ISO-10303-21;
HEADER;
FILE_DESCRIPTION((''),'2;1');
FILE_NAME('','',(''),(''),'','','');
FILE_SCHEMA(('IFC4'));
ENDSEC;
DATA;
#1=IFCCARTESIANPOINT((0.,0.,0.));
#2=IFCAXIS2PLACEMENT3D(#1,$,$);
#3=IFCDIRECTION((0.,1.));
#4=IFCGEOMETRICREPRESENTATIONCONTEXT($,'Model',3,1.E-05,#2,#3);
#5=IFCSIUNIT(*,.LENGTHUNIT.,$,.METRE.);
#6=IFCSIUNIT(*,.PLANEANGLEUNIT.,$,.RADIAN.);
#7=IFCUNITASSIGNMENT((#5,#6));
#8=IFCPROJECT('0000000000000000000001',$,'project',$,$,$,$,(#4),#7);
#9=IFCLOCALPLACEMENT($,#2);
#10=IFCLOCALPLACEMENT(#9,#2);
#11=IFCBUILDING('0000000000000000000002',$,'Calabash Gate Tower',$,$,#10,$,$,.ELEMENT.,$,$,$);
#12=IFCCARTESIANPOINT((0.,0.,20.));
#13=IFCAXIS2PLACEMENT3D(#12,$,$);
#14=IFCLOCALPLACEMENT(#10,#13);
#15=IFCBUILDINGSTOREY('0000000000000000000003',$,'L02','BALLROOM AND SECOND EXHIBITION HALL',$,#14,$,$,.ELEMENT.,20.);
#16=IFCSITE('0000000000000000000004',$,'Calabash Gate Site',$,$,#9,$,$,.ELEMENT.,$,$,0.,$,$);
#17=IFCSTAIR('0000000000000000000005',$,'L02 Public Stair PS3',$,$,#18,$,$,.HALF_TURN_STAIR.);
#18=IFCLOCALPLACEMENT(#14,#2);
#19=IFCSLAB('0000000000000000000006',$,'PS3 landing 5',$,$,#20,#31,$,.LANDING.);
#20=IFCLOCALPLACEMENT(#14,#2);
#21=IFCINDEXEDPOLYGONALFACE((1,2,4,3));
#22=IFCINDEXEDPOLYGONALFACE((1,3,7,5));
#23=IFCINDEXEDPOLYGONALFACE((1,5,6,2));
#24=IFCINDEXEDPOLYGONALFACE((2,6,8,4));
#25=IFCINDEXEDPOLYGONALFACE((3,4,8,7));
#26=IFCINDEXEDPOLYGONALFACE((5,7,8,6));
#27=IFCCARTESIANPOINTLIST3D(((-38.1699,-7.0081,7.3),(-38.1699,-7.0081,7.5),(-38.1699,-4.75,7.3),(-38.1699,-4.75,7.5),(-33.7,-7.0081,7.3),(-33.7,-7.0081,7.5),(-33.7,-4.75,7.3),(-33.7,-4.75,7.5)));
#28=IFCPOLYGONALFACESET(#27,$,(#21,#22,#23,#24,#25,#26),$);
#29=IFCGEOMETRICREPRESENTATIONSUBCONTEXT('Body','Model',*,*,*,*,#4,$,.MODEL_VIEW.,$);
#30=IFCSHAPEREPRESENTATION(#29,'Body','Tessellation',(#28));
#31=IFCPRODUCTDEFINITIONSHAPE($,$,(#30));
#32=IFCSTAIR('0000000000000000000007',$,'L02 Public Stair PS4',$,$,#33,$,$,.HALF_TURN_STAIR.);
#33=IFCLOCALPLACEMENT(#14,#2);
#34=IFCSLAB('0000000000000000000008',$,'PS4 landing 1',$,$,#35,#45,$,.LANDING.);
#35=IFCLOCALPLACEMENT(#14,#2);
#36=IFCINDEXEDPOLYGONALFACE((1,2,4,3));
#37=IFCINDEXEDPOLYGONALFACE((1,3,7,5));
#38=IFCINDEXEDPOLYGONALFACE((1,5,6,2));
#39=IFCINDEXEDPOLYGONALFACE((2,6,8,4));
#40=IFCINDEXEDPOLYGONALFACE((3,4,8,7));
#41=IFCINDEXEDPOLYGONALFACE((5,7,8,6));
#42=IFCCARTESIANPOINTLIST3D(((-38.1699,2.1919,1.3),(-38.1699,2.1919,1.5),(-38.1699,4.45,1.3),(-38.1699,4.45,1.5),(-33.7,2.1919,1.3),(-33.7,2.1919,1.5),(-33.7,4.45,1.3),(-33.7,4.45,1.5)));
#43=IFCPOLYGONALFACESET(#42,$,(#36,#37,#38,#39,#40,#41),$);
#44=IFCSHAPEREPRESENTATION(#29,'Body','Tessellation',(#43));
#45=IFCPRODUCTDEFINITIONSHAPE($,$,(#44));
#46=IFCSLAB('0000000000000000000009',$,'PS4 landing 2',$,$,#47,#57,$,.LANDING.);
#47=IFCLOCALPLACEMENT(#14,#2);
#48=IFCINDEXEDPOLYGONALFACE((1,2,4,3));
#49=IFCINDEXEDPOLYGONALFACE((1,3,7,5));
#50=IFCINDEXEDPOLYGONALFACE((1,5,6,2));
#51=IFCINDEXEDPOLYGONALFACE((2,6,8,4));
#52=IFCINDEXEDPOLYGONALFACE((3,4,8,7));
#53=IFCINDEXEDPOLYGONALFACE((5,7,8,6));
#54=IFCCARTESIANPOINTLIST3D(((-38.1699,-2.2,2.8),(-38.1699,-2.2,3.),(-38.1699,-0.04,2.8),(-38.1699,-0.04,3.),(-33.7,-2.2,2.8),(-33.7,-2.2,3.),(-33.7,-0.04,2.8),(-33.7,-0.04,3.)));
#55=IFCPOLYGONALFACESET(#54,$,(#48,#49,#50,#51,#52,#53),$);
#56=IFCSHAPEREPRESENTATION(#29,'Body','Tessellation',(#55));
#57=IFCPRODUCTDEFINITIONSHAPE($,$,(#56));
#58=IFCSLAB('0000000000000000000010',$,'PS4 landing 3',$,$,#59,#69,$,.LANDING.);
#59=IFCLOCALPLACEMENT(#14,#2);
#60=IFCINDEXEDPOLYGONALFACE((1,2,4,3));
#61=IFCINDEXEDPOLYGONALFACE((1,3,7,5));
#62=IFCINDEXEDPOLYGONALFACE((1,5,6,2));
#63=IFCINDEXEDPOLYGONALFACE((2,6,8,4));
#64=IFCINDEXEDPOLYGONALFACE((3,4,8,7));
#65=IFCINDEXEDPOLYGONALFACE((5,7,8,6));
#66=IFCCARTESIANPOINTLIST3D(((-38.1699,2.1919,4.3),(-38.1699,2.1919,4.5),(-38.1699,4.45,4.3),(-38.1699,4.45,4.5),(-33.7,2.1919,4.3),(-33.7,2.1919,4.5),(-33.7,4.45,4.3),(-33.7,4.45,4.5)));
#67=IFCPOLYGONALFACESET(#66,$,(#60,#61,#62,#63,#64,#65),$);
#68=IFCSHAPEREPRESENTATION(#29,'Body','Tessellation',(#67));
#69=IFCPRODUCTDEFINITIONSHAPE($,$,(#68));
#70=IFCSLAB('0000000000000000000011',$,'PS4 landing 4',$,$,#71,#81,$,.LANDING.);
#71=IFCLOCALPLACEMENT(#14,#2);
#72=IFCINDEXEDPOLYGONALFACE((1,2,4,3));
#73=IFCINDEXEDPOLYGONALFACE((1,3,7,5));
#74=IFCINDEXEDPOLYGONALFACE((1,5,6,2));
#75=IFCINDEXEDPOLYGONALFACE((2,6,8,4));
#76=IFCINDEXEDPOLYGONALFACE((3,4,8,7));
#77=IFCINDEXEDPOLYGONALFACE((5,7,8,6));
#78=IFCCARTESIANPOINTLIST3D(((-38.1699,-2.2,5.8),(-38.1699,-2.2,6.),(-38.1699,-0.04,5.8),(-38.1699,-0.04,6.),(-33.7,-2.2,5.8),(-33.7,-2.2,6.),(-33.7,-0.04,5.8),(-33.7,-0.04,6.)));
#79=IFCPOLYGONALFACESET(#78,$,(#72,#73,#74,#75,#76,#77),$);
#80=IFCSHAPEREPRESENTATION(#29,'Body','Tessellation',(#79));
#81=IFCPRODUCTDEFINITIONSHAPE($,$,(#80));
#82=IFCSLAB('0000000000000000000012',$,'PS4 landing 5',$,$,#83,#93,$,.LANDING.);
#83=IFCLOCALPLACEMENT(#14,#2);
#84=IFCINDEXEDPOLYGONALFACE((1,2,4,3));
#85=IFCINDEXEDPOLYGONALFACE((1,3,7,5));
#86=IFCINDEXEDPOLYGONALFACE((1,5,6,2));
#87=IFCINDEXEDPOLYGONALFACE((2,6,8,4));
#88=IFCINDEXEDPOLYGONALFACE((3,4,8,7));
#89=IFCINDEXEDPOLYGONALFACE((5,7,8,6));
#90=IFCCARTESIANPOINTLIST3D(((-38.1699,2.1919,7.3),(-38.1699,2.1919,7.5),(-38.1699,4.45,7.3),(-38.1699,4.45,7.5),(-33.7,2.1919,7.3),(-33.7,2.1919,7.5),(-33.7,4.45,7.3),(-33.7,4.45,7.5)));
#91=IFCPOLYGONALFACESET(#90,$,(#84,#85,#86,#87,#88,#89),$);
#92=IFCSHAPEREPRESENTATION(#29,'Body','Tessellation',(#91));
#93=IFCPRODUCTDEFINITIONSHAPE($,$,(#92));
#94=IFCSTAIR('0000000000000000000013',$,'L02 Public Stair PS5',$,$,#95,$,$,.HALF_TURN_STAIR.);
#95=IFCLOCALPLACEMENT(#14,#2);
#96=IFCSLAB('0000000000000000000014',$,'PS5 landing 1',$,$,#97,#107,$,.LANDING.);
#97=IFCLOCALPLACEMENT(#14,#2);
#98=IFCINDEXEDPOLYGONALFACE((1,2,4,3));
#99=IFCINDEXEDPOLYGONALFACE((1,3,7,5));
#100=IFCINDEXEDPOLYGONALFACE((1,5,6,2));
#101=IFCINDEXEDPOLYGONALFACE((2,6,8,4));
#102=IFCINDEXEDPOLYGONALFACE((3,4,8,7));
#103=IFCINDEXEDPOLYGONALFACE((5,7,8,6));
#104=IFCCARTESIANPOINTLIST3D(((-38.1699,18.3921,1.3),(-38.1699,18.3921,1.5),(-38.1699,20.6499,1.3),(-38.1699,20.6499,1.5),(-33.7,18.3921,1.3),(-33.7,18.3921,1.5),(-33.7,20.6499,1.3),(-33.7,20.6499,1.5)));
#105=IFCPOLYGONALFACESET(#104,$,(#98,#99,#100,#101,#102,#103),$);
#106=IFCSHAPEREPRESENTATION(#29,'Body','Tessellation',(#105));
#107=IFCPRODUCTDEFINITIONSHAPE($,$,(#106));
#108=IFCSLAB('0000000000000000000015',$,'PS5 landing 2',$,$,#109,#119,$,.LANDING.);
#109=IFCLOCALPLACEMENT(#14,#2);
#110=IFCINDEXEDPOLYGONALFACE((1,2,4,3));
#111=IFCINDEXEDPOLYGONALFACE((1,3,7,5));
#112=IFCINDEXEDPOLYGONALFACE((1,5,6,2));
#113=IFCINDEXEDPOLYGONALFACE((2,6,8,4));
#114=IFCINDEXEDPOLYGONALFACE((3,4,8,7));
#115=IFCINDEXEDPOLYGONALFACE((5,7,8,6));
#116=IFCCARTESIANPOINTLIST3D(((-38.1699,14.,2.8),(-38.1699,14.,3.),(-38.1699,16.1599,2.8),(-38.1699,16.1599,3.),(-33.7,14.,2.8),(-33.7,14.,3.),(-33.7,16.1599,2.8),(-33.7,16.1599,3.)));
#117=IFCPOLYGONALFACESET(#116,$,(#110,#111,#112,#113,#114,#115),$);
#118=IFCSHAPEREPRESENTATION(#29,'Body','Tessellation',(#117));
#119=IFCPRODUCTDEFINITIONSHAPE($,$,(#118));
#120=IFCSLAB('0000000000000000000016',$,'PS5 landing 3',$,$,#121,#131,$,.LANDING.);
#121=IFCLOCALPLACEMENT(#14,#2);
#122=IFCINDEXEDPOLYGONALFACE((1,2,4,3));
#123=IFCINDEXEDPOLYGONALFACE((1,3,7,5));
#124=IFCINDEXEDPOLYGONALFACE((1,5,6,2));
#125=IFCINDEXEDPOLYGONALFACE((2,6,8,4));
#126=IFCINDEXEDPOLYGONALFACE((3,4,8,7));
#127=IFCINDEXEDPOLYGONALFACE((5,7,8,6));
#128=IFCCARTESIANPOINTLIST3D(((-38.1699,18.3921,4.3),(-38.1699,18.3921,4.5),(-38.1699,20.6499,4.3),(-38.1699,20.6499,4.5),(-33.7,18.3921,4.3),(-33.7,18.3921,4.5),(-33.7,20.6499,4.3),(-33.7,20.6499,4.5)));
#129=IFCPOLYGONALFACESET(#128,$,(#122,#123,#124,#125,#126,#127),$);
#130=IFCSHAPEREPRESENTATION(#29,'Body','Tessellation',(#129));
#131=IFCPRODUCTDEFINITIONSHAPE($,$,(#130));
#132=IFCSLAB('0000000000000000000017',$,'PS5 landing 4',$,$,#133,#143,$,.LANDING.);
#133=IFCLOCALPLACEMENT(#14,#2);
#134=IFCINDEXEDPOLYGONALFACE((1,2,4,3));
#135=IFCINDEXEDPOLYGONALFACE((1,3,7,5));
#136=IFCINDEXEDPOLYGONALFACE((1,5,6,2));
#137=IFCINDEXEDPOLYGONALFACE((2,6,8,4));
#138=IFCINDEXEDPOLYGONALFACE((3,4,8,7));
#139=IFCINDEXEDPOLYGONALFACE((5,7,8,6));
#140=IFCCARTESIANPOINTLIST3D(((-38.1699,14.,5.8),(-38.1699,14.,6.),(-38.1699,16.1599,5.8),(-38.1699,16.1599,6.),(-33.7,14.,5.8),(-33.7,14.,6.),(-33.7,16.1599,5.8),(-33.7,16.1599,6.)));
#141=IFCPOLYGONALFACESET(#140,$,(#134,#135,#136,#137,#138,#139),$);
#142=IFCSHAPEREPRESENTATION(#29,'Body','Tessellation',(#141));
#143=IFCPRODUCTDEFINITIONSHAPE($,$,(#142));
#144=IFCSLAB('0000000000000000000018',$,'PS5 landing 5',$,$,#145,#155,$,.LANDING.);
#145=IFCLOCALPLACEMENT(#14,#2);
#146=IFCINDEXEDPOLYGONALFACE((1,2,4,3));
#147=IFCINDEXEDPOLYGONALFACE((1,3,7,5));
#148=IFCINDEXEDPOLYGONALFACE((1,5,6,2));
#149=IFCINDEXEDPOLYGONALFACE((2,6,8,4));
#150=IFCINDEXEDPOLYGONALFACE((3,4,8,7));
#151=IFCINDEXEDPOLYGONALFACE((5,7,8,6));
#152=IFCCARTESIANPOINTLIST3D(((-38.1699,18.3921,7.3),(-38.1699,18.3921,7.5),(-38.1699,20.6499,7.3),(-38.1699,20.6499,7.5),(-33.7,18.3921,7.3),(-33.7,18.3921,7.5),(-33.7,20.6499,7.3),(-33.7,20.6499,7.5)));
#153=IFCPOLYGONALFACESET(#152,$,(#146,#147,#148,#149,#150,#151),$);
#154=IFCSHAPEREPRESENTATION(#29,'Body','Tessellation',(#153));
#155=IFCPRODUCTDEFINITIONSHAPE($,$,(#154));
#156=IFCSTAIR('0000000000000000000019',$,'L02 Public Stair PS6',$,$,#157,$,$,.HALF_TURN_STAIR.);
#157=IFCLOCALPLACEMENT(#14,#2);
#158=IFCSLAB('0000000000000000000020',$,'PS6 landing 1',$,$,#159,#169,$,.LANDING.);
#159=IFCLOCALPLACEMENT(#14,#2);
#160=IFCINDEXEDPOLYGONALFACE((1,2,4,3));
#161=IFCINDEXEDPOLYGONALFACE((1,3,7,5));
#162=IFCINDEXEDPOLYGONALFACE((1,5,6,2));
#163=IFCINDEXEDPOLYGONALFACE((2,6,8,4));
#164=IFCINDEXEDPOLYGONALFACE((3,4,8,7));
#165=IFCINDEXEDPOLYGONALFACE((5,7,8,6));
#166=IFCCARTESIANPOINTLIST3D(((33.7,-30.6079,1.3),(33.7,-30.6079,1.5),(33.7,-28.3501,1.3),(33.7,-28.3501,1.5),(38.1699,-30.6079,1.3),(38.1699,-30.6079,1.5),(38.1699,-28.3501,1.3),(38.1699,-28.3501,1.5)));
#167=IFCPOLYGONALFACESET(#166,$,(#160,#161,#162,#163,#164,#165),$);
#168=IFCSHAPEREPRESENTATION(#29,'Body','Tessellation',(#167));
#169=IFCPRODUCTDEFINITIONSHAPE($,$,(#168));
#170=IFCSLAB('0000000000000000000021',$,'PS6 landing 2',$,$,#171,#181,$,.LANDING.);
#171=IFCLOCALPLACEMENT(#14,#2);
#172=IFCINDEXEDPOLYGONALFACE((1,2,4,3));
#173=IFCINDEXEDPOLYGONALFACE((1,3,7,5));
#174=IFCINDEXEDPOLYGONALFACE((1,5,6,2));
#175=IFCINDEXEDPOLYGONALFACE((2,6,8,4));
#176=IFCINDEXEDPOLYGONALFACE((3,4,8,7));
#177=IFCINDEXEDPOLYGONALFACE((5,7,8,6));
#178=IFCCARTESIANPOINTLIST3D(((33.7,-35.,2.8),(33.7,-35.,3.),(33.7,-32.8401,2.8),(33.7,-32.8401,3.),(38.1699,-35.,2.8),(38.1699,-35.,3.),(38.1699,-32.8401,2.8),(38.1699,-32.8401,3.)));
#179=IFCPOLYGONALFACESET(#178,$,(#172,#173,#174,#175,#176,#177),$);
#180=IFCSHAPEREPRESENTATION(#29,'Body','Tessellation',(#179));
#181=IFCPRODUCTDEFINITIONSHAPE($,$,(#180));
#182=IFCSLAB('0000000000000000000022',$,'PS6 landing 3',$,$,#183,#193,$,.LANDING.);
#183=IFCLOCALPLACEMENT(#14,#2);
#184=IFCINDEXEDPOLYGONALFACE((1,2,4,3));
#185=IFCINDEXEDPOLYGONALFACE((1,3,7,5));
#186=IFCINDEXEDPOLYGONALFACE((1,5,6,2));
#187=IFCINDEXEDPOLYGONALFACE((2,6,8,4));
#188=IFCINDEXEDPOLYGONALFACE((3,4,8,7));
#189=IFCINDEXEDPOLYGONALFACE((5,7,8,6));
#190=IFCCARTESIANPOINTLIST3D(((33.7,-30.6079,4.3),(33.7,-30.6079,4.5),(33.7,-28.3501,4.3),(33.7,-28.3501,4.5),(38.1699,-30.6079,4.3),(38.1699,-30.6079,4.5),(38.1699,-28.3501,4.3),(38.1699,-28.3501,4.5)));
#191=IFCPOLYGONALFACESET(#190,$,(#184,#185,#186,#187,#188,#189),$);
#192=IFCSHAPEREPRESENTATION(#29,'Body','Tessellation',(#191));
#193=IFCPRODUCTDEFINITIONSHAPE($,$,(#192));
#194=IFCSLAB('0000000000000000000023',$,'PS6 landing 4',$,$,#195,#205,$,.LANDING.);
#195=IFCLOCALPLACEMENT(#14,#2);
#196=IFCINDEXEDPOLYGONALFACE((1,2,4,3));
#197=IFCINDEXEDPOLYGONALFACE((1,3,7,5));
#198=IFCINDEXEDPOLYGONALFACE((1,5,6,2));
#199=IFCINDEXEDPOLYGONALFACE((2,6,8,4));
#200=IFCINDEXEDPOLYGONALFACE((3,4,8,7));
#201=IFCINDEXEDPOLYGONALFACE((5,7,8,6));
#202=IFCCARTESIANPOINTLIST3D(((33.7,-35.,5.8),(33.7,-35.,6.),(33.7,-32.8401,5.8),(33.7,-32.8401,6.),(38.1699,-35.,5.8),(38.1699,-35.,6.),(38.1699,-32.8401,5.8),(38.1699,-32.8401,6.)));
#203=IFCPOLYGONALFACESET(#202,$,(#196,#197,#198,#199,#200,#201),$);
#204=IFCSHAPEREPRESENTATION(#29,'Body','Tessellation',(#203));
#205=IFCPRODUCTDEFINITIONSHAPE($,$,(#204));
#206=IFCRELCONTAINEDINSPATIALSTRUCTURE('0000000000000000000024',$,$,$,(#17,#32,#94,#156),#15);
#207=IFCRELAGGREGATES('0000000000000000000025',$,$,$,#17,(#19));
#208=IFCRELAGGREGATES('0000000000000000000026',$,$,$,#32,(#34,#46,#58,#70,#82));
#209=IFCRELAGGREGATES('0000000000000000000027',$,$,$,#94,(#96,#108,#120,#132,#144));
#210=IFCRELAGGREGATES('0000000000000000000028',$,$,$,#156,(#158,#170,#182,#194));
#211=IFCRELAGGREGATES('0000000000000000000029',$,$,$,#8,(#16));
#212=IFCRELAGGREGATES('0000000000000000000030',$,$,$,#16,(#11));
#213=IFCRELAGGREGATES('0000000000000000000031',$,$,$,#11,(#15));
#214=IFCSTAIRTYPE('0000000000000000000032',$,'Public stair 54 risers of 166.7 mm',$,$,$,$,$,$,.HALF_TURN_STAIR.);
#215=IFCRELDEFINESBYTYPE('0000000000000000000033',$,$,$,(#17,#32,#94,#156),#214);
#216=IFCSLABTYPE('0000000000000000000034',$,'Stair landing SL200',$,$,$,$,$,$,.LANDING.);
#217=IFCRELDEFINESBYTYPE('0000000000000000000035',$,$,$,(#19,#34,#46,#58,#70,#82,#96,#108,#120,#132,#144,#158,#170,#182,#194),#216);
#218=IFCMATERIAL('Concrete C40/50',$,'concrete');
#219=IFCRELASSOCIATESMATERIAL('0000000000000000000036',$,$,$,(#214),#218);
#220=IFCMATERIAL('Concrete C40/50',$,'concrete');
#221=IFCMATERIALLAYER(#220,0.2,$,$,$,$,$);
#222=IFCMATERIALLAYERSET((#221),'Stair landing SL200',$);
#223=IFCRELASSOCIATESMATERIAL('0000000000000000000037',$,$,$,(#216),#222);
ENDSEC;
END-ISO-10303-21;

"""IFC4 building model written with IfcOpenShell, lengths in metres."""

from ifc_helpers import new_model, si_unit, direction, frame, origin, place, context, subcontext, project, spatial, polyline, outline, extrude, material, layer, layer_set, type_object, element, aggregate, save


model = new_model("IFC4")

# Units and contexts
model_context = context("Model", 3, precision=1e-05, world=origin(), true_north=direction((0.0, 1.0)))
body_context = subcontext(model_context, "Body", "Model", "MODEL_VIEW")
ifc_project = project(units=[si_unit("LENGTHUNIT", "METRE"), si_unit("PLANEANGLEUNIT", "RADIAN")], contexts=[model_context])

# Site, building, storey
site_placement = place(None, origin())
site = spatial("IfcSite", under=ifc_project, at=site_placement, Name="Calabash Gate Site", CompositionType="ELEMENT", RefElevation=0.0)
building_placement = place(site_placement, origin())
building = spatial("IfcBuilding", under=site, at=building_placement, Name="Calabash Gate Tower", CompositionType="ELEMENT")
storey_placement = place(building_placement, frame((0.0, 0.0, 20.0)))
storey = spatial("IfcBuildingStorey", under=building, at=storey_placement, Name="L02", Description="BALLROOM AND SECOND EXHIBITION HALL", CompositionType="ELEMENT", Elevation=20.0)

# Stair, slab
ifc_material_1 = material(Name="Concrete C40/50", Category="concrete")
stair_type = type_object("IfcStairType", Name="Public stair 54 risers of 166.7 mm", PredefinedType="HALF_TURN_STAIR", material=ifc_material_1)
stair_1_placement = place(storey_placement, origin())
stair_1 = element("IfcStair", 1, at=stair_1_placement, inside=storey, type_object=stair_type, Name="L02 Public Stair PS3", PredefinedType="HALF_TURN_STAIR")
ifc_material_2 = material(Name="Concrete C40/50", Category="concrete")
ifc_layer = layer(ifc_material_2, 0.2)
ifc_layer_set = layer_set([ifc_layer], Name="Stair landing SL200")
slab_type = type_object("IfcSlabType", Name="Stair landing SL200", PredefinedType="LANDING", material=ifc_layer_set)
slab_1_placement = place(storey_placement, frame((0.0, 0.0, 7.3)))
slab_1 = element("IfcSlab", 2, at=slab_1_placement, type_object=slab_type, Name="PS3 landing 5", PredefinedType="LANDING", context=body_context, shape_type="SweptSolid", body=[
    extrude(outline(polyline([(-33.7, -7.0081), (-33.7, -4.75), (-38.1699, -4.75), (-38.1699, -7.0081), (-33.7, -7.0081)])), origin(), (0.0, 0.0, 1.0), 0.2),
])
aggregate(stair_1, [slab_1])

# Stairs, slabs
stair_2_placement = place(storey_placement, origin())
stair_2 = element("IfcStair", 3, at=stair_2_placement, inside=storey, type_object=stair_type, Name="L02 Public Stair PS4", PredefinedType="HALF_TURN_STAIR")
slab_2_placement = place(storey_placement, frame((0.0, 0.0, 1.3)))
slab_2 = element("IfcSlab", 4, at=slab_2_placement, type_object=slab_type, Name="PS4 landing 1", PredefinedType="LANDING", context=body_context, shape_type="SweptSolid", body=[
    extrude(outline(polyline([(-33.7, 2.1919), (-33.7, 4.45), (-38.1699, 4.45), (-38.1699, 2.1919), (-33.7, 2.1919)])), origin(), (0.0, 0.0, 1.0), 0.2),
])
slab_3_placement = place(storey_placement, frame((0.0, 0.0, 2.8)))
slab_3 = element("IfcSlab", 5, at=slab_3_placement, type_object=slab_type, Name="PS4 landing 2", PredefinedType="LANDING", context=body_context, shape_type="SweptSolid", body=[
    extrude(outline(polyline([(-33.7, -2.2), (-33.7, -0.04), (-38.1699, -0.04), (-38.1699, -2.2), (-33.7, -2.2)])), origin(), (0.0, 0.0, 1.0), 0.2),
])
slab_4_placement = place(storey_placement, frame((0.0, 0.0, 4.3)))
slab_4 = element("IfcSlab", 6, at=slab_4_placement, type_object=slab_type, Name="PS4 landing 3", PredefinedType="LANDING", context=body_context, shape_type="SweptSolid", body=[
    extrude(outline(polyline([(-33.7, 2.1919), (-33.7, 4.45), (-38.1699, 4.45), (-38.1699, 2.1919), (-33.7, 2.1919)])), origin(), (0.0, 0.0, 1.0), 0.2),
])
slab_5_placement = place(storey_placement, frame((0.0, 0.0, 5.8)))
slab_5 = element("IfcSlab", 7, at=slab_5_placement, type_object=slab_type, Name="PS4 landing 4", PredefinedType="LANDING", context=body_context, shape_type="SweptSolid", body=[
    extrude(outline(polyline([(-33.7, -2.2), (-33.7, -0.04), (-38.1699, -0.04), (-38.1699, -2.2), (-33.7, -2.2)])), origin(), (0.0, 0.0, 1.0), 0.2),
])
slab_6_placement = place(storey_placement, frame((0.0, 0.0, 7.3)))
slab_6 = element("IfcSlab", 8, at=slab_6_placement, type_object=slab_type, Name="PS4 landing 5", PredefinedType="LANDING", context=body_context, shape_type="SweptSolid", body=[
    extrude(outline(polyline([(-33.7, 2.1919), (-33.7, 4.45), (-38.1699, 4.45), (-38.1699, 2.1919), (-33.7, 2.1919)])), origin(), (0.0, 0.0, 1.0), 0.2),
])
aggregate(stair_2, [slab_2, slab_3, slab_4, slab_5, slab_6])
stair_3_placement = place(storey_placement, origin())
stair_3 = element("IfcStair", 9, at=stair_3_placement, inside=storey, type_object=stair_type, Name="L02 Public Stair PS5", PredefinedType="HALF_TURN_STAIR")
slab_7_placement = place(storey_placement, frame((0.0, 0.0, 1.3)))
slab_7 = element("IfcSlab", 10, at=slab_7_placement, type_object=slab_type, Name="PS5 landing 1", PredefinedType="LANDING", context=body_context, shape_type="SweptSolid", body=[
    extrude(outline(polyline([(-33.7, 18.3921), (-33.7, 20.6499), (-38.1699, 20.6499), (-38.1699, 18.3921), (-33.7, 18.3921)])), origin(), (0.0, 0.0, 1.0), 0.2),
])
slab_8_placement = place(storey_placement, frame((0.0, 0.0, 2.8)))
slab_8 = element("IfcSlab", 11, at=slab_8_placement, type_object=slab_type, Name="PS5 landing 2", PredefinedType="LANDING", context=body_context, shape_type="SweptSolid", body=[
    extrude(outline(polyline([(-33.7, 14.0), (-33.7, 16.1599), (-38.1699, 16.1599), (-38.1699, 14.0), (-33.7, 14.0)])), origin(), (0.0, 0.0, 1.0), 0.2),
])
slab_9_placement = place(storey_placement, frame((0.0, 0.0, 4.3)))
slab_9 = element("IfcSlab", 12, at=slab_9_placement, type_object=slab_type, Name="PS5 landing 3", PredefinedType="LANDING", context=body_context, shape_type="SweptSolid", body=[
    extrude(outline(polyline([(-33.7, 18.3921), (-33.7, 20.6499), (-38.1699, 20.6499), (-38.1699, 18.3921), (-33.7, 18.3921)])), origin(), (0.0, 0.0, 1.0), 0.2),
])
slab_10_placement = place(storey_placement, frame((0.0, 0.0, 5.8)))
slab_10 = element("IfcSlab", 13, at=slab_10_placement, type_object=slab_type, Name="PS5 landing 4", PredefinedType="LANDING", context=body_context, shape_type="SweptSolid", body=[
    extrude(outline(polyline([(-33.7, 14.0), (-33.7, 16.1599), (-38.1699, 16.1599), (-38.1699, 14.0), (-33.7, 14.0)])), origin(), (0.0, 0.0, 1.0), 0.2),
])
slab_11_placement = place(storey_placement, frame((0.0, 0.0, 7.3)))
slab_11 = element("IfcSlab", 14, at=slab_11_placement, type_object=slab_type, Name="PS5 landing 5", PredefinedType="LANDING", context=body_context, shape_type="SweptSolid", body=[
    extrude(outline(polyline([(-33.7, 18.3921), (-33.7, 20.6499), (-38.1699, 20.6499), (-38.1699, 18.3921), (-33.7, 18.3921)])), origin(), (0.0, 0.0, 1.0), 0.2),
])
aggregate(stair_3, [slab_7, slab_8, slab_9, slab_10, slab_11])
stair_4_placement = place(storey_placement, origin())
stair_4 = element("IfcStair", 15, at=stair_4_placement, inside=storey, type_object=stair_type, Name="L02 Public Stair PS6", PredefinedType="HALF_TURN_STAIR")
slab_12_placement = place(storey_placement, frame((0.0, 0.0, 1.3)))
slab_12 = element("IfcSlab", 16, at=slab_12_placement, type_object=slab_type, Name="PS6 landing 1", PredefinedType="LANDING", context=body_context, shape_type="SweptSolid", body=[
    extrude(outline(polyline([(38.1699, -30.6079), (38.1699, -28.3501), (33.7, -28.3501), (33.7, -30.6079), (38.1699, -30.6079)])), origin(), (0.0, 0.0, 1.0), 0.2),
])
slab_13_placement = place(storey_placement, frame((0.0, 0.0, 2.8)))
slab_13 = element("IfcSlab", 17, at=slab_13_placement, type_object=slab_type, Name="PS6 landing 2", PredefinedType="LANDING", context=body_context, shape_type="SweptSolid", body=[
    extrude(outline(polyline([(38.1699, -35.0), (38.1699, -32.8401), (33.7, -32.8401), (33.7, -35.0), (38.1699, -35.0)])), origin(), (0.0, 0.0, 1.0), 0.2),
])
slab_14_placement = place(storey_placement, frame((0.0, 0.0, 4.3)))
slab_14 = element("IfcSlab", 18, at=slab_14_placement, type_object=slab_type, Name="PS6 landing 3", PredefinedType="LANDING", context=body_context, shape_type="SweptSolid", body=[
    extrude(outline(polyline([(38.1699, -30.6079), (38.1699, -28.3501), (33.7, -28.3501), (33.7, -30.6079), (38.1699, -30.6079)])), origin(), (0.0, 0.0, 1.0), 0.2),
])
slab_15_placement = place(storey_placement, frame((0.0, 0.0, 5.8)))
slab_15 = element("IfcSlab", 19, at=slab_15_placement, type_object=slab_type, Name="PS6 landing 4", PredefinedType="LANDING", context=body_context, shape_type="SweptSolid", body=[
    extrude(outline(polyline([(38.1699, -35.0), (38.1699, -32.8401), (33.7, -32.8401), (33.7, -35.0), (38.1699, -35.0)])), origin(), (0.0, 0.0, 1.0), 0.2),
])
aggregate(stair_4, [slab_12, slab_13, slab_14, slab_15])

save(model, "model.ifc")
